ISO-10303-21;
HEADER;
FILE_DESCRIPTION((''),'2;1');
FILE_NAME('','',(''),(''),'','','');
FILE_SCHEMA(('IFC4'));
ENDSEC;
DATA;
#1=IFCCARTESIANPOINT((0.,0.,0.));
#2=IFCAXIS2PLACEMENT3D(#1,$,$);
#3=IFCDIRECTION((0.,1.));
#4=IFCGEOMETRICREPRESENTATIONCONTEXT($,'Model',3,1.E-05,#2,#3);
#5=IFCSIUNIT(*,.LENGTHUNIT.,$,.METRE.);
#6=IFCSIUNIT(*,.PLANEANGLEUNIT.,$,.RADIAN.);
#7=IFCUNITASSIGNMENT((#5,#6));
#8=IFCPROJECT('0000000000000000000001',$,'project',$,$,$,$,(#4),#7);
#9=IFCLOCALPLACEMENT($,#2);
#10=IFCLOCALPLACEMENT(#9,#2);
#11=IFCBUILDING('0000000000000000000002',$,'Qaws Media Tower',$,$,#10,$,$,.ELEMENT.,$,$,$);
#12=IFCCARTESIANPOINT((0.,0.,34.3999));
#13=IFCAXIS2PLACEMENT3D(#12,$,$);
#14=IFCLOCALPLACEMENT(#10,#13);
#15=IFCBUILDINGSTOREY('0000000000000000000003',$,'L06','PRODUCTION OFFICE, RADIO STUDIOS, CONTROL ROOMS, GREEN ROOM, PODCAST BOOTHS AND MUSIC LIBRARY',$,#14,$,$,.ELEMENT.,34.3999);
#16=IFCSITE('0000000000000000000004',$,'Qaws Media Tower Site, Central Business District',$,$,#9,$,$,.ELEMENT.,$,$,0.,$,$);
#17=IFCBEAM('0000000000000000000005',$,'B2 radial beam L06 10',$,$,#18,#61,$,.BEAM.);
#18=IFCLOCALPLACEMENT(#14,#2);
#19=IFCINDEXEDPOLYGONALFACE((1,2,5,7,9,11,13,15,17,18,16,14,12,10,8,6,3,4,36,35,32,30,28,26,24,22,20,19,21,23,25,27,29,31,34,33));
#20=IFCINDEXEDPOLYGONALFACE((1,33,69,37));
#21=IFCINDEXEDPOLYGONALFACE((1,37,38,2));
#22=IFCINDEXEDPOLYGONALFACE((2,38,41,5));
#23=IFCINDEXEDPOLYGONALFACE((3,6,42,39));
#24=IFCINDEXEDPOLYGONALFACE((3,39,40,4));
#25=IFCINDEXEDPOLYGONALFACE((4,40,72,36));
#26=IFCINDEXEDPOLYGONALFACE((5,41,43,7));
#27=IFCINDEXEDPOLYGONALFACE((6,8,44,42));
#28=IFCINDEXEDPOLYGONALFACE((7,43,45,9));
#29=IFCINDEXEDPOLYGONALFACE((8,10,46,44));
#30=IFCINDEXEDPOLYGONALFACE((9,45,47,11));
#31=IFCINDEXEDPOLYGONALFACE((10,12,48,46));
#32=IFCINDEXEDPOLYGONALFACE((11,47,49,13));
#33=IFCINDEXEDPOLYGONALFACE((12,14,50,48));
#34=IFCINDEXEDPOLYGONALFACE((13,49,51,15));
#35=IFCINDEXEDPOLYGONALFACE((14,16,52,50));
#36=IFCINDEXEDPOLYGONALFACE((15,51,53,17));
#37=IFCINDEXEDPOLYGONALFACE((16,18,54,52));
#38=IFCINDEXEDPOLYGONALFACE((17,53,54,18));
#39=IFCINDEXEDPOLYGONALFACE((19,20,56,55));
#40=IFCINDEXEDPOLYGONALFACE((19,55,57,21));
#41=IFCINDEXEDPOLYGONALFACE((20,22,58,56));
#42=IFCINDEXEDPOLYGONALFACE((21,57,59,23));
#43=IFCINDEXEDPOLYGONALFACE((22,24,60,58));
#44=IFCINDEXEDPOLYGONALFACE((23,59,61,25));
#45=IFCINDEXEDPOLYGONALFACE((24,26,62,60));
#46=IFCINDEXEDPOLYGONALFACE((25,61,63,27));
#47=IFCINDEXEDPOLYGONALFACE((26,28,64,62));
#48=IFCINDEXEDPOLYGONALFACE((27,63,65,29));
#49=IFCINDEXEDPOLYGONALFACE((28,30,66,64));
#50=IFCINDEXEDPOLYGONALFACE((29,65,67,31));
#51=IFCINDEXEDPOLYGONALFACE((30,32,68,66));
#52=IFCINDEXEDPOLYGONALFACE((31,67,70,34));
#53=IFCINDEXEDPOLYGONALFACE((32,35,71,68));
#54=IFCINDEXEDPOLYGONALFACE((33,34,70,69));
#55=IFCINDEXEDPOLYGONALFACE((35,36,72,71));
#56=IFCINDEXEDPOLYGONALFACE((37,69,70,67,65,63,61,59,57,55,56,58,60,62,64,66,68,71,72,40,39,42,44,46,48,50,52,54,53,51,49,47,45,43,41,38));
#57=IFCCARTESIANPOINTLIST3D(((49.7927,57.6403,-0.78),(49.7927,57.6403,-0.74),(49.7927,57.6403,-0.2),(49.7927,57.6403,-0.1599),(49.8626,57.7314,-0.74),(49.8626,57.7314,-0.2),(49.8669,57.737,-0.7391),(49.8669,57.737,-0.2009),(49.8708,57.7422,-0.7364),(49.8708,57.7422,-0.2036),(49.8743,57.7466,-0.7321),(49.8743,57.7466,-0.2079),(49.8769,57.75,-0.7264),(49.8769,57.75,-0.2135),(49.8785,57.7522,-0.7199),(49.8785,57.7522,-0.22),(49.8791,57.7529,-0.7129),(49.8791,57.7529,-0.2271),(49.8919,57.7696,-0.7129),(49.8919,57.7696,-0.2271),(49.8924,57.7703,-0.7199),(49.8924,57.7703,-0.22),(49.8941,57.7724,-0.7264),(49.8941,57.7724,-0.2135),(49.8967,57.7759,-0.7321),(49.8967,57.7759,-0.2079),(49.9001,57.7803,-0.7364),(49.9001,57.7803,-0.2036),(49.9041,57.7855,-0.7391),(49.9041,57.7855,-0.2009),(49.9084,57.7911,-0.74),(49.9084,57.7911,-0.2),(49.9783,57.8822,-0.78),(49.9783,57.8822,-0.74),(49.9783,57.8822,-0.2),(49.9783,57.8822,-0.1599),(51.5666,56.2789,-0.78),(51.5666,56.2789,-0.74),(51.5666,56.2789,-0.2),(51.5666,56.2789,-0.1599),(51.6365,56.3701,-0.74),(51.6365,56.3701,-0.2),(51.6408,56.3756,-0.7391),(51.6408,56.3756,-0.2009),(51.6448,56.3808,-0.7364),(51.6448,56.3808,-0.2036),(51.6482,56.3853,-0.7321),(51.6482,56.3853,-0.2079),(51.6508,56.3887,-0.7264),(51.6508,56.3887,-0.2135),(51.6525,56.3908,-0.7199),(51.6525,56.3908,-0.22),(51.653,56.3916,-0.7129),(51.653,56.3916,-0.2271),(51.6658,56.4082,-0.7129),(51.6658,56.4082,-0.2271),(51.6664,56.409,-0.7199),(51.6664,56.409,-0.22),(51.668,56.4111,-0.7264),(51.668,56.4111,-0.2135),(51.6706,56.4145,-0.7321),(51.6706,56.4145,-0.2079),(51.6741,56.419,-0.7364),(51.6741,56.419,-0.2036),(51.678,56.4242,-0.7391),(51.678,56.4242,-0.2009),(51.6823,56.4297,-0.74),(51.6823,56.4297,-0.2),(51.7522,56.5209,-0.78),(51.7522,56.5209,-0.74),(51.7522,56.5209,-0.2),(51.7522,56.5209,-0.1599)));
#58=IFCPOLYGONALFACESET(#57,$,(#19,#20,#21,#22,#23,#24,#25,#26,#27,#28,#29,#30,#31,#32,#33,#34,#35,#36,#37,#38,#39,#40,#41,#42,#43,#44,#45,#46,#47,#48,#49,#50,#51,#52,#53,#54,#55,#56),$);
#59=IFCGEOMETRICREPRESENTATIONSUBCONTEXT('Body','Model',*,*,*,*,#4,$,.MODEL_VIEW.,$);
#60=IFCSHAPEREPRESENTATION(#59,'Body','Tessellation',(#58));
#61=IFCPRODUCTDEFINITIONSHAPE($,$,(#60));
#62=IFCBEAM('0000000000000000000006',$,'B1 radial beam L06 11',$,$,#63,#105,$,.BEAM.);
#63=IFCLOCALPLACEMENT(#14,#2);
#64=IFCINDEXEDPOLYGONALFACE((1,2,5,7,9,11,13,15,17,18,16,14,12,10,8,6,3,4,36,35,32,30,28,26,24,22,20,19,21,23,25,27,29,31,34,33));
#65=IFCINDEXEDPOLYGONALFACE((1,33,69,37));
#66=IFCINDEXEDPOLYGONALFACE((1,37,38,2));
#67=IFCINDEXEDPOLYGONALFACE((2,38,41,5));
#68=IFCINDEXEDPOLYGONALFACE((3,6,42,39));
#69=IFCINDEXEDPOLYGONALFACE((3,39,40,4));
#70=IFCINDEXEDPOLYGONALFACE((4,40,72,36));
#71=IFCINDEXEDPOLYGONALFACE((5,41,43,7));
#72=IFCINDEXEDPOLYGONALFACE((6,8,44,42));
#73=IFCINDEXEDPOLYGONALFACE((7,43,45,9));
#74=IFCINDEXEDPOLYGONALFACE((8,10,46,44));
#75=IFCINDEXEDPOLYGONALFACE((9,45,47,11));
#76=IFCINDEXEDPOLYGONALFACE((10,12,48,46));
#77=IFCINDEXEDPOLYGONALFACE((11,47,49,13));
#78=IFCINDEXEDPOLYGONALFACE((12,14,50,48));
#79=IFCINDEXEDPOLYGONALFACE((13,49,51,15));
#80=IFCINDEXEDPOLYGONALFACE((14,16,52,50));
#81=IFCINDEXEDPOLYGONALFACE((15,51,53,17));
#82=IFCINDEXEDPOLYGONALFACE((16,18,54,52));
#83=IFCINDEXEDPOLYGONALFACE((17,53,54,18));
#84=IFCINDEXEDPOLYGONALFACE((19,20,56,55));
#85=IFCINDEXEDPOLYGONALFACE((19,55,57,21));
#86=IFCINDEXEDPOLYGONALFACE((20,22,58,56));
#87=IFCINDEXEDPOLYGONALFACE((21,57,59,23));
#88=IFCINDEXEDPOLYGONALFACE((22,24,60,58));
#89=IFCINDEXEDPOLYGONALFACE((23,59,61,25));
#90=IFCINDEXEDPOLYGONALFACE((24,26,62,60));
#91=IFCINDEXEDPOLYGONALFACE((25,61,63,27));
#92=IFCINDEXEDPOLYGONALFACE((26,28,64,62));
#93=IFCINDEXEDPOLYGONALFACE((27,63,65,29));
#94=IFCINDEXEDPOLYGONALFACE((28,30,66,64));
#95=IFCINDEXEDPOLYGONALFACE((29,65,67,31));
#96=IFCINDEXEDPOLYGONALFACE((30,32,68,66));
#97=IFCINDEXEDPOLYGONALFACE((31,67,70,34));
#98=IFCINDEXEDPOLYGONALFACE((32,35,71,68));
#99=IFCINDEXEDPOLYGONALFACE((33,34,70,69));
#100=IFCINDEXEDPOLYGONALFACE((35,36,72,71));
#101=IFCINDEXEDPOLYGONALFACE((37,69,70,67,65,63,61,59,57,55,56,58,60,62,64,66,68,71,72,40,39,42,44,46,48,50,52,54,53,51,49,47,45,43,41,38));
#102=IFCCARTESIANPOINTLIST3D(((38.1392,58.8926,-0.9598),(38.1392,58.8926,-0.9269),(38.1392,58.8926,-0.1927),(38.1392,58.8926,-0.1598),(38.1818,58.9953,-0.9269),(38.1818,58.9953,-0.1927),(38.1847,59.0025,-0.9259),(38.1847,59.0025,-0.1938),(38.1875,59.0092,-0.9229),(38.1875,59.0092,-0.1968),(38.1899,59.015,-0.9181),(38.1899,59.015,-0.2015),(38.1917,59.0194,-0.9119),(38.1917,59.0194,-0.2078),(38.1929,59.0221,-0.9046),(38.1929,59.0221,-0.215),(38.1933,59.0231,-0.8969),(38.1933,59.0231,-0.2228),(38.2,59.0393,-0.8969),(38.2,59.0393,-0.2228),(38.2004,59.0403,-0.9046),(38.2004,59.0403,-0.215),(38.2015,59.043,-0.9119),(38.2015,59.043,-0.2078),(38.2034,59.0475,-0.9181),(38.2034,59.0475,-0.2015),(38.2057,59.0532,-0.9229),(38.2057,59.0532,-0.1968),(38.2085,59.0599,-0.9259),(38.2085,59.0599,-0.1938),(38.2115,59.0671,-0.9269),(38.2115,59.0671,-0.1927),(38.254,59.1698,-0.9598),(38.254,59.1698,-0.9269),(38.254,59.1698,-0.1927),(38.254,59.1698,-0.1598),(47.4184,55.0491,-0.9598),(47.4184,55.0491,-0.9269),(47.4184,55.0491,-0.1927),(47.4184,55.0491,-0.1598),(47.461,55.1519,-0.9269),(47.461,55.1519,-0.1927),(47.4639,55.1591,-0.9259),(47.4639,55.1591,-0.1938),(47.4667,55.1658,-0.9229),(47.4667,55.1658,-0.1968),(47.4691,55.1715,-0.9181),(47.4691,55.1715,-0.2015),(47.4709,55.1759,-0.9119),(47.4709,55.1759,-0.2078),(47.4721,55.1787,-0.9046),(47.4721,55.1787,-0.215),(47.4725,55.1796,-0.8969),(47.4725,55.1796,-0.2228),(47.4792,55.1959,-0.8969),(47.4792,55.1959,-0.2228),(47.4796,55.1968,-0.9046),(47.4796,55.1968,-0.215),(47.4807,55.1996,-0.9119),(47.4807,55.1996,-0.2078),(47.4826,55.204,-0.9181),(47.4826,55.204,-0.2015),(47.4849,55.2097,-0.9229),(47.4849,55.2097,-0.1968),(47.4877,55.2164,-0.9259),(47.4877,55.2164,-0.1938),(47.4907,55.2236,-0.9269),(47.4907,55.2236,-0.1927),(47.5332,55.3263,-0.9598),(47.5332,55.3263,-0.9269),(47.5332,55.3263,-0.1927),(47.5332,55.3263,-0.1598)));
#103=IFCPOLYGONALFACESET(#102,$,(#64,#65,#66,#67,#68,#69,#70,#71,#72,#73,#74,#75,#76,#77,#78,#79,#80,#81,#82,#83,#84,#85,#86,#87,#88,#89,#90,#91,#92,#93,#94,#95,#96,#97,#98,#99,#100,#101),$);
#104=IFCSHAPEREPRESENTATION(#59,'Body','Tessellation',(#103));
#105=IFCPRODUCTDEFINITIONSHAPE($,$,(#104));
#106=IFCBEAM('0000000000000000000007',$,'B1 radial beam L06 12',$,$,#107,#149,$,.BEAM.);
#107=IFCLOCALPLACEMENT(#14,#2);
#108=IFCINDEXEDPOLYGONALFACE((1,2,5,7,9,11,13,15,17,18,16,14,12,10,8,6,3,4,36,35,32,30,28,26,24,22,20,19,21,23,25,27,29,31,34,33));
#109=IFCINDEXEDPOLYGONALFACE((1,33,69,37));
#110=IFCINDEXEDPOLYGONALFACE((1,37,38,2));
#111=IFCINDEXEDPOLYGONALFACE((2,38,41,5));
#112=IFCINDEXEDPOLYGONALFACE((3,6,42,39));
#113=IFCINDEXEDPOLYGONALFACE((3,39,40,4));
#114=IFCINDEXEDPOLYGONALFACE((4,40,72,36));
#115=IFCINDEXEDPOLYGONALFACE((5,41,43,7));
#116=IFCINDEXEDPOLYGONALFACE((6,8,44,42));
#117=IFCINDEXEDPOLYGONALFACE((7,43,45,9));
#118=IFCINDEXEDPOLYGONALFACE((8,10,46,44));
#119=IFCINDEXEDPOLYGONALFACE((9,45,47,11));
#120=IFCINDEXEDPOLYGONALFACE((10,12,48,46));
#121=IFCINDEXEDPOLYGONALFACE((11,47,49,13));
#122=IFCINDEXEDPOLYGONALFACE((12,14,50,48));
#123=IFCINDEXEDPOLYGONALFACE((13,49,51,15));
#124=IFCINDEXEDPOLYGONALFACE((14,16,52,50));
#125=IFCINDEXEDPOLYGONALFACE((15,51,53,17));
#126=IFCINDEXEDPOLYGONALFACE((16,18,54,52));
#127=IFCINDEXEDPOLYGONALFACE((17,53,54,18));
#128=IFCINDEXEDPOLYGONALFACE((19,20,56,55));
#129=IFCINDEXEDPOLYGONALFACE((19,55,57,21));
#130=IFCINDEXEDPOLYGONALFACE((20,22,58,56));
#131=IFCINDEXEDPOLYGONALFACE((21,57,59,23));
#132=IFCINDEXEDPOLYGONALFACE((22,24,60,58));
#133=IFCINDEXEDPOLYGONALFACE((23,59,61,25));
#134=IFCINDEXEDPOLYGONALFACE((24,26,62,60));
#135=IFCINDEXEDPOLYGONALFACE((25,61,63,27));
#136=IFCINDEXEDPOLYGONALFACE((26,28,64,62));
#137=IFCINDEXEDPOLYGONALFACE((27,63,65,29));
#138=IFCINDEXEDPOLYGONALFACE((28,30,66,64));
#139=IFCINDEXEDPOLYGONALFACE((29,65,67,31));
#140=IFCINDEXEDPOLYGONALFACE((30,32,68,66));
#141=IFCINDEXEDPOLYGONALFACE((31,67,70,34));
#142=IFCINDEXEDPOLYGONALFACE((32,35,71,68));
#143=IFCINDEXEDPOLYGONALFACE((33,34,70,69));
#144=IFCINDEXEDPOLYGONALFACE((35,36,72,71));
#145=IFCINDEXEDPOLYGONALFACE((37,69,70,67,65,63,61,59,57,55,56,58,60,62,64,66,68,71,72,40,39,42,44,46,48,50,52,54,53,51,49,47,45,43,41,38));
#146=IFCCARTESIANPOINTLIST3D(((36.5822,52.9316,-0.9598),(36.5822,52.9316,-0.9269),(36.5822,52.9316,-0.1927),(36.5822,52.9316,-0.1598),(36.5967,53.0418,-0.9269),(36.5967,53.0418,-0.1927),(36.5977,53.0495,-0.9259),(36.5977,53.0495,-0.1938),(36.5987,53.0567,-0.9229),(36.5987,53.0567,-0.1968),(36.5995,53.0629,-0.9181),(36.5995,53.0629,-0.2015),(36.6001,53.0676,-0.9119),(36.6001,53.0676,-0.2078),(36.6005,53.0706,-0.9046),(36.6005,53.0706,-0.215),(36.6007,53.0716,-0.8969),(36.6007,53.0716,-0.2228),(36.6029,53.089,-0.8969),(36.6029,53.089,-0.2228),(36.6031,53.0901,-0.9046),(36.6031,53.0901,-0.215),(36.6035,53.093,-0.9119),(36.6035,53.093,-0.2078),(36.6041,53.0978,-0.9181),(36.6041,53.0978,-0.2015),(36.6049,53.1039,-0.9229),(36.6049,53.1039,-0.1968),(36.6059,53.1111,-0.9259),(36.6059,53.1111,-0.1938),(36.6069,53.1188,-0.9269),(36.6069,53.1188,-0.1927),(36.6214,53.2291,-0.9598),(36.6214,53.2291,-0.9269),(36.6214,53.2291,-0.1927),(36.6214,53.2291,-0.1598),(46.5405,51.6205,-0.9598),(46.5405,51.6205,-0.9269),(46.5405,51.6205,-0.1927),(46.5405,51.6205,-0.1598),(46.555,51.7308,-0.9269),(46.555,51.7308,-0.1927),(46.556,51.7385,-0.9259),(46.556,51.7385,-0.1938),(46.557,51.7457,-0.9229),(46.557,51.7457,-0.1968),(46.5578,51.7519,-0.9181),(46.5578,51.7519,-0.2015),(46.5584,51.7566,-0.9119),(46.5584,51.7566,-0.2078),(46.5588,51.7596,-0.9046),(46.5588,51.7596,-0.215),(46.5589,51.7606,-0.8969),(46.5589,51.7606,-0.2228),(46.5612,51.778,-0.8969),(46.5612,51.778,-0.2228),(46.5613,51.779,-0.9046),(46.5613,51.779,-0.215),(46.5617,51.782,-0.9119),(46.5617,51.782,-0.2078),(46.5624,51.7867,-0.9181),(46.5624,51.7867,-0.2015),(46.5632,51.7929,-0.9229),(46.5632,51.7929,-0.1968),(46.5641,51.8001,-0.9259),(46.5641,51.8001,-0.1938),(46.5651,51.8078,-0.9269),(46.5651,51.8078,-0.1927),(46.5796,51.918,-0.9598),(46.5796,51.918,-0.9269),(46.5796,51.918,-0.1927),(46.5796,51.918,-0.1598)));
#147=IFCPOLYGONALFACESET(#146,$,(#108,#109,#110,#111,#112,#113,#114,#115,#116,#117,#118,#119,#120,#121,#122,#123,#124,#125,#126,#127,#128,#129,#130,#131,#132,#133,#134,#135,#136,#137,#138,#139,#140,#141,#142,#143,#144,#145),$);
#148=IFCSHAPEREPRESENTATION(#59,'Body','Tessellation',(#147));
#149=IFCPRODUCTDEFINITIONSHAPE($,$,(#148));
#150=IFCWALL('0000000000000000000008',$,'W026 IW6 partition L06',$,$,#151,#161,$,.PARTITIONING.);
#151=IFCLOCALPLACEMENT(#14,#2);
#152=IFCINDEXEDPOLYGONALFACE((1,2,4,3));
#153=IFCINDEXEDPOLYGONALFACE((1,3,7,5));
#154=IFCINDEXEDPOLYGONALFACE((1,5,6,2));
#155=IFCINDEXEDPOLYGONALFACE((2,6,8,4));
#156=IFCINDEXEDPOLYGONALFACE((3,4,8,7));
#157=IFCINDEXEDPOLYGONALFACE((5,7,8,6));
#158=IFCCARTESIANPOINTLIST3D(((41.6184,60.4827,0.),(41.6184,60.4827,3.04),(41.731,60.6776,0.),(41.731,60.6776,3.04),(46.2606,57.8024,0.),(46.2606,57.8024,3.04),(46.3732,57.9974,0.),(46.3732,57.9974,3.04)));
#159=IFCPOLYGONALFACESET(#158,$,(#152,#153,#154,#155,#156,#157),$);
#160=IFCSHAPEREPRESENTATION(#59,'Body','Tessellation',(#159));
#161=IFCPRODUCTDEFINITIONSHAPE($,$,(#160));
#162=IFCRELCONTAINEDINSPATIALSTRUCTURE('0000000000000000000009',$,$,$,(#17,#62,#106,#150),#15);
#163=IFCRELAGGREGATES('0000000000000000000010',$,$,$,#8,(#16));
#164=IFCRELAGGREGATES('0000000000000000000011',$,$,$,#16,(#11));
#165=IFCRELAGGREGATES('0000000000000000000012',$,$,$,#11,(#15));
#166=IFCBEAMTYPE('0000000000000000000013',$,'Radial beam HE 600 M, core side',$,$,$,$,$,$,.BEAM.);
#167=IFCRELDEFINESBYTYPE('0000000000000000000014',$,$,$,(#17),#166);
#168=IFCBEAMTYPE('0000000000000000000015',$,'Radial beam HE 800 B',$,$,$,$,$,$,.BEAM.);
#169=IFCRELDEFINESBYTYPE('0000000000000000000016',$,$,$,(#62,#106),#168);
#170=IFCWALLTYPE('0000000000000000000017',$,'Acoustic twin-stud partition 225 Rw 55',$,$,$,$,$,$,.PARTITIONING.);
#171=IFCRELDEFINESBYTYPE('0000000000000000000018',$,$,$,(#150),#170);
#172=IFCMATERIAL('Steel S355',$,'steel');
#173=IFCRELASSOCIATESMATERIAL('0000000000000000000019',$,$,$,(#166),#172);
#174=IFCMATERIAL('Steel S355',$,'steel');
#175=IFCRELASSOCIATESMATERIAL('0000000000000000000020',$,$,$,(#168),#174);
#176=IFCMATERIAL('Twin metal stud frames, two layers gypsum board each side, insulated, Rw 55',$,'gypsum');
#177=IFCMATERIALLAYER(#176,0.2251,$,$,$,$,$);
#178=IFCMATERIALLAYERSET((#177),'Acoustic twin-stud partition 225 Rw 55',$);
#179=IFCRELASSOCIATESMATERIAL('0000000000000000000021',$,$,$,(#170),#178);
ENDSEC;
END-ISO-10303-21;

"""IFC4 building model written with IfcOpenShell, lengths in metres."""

from ifc_helpers import new_model, si_unit, direction, frame, frame_2d, origin, origin_2d, place, context, subcontext, project, spatial, rectangle, i_section, extrude, material, layer, layer_set, material_profile, profile_set, type_object, element, save


model = new_model("IFC4")

# Units and contexts
model_context = context("Model", 3, precision=1e-05, world=origin(), true_north=direction((0.0, 1.0)))
body_context = subcontext(model_context, "Body", "Model", "MODEL_VIEW")
ifc_project = project(units=[si_unit("LENGTHUNIT", "METRE"), si_unit("PLANEANGLEUNIT", "RADIAN")], contexts=[model_context])

# Site, building, storey
site_placement = place(None, origin())
site = spatial("IfcSite", under=ifc_project, at=site_placement, Name="Qaws Media Tower Site, Central Business District", CompositionType="ELEMENT", RefElevation=0.0)
building_placement = place(site_placement, origin())
building = spatial("IfcBuilding", under=site, at=building_placement, Name="Qaws Media Tower", CompositionType="ELEMENT")
storey_placement = place(building_placement, frame((0.0, 0.0, 34.3999)))
storey = spatial("IfcBuildingStorey", under=building, at=storey_placement, Name="L06", Description="PRODUCTION OFFICE, RADIO STUDIOS, CONTROL ROOMS, GREEN ROOM, PODCAST BOOTHS AND MUSIC LIBRARY", CompositionType="ELEMENT", Elevation=34.3999)

# Beams
ifc_material_1 = material(Name="Steel S355", Category="steel")
ifc_material_profile_1 = material_profile(ifc_material_1, i_section(OverallWidth=0.3049, OverallDepth=0.6201, WebThickness=0.021, FlangeThickness=0.04, FilletRadius=0.0271, at=origin_2d()), Name="HE 600 M")
ifc_profile_set_1 = profile_set([ifc_material_profile_1], Name="Steel S355")
beam_type_1 = type_object("IfcBeamType", Name="Radial beam HE 600 M, core side", PredefinedType="BEAM", material=ifc_profile_set_1)
beam_1_placement = place(storey_placement, frame((51.6594, 56.3999, -0.47), z_axis=(-0.793322, 0.608803, 0.0), x_axis=(-0.608803, -0.793322, 0.0)))
element("IfcBeam", 1, at=beam_1_placement, inside=storey, type_object=beam_type_1, Name="B2 radial beam L06 10", PredefinedType="BEAM", context=body_context, shape_type="SweptSolid", body=[
    extrude(i_section(OverallWidth=0.3049, OverallDepth=0.6201, WebThickness=0.021, FlangeThickness=0.04, FilletRadius=0.0271, at=origin_2d()), origin(), (0.0, 0.0, 1.0), 2.2361),
])
ifc_material_2 = material(Name="Steel S355", Category="steel")
ifc_material_profile_2 = material_profile(ifc_material_2, i_section(OverallWidth=0.3, OverallDepth=0.8, WebThickness=0.0176, FlangeThickness=0.033, FilletRadius=0.03, at=origin_2d()), Name="HE 800 B")
ifc_profile_set_2 = profile_set([ifc_material_profile_2], Name="Steel S355")
beam_type_2 = type_object("IfcBeamType", Name="Radial beam HE 800 B", PredefinedType="BEAM", material=ifc_profile_set_2)
beam_2_placement = place(storey_placement, frame((47.4758, 55.1877, -0.5598), z_axis=(-0.923883, 0.382675, 0.0), x_axis=(-0.382675, -0.923883, 0.0)))
element("IfcBeam", 2, at=beam_2_placement, inside=storey, type_object=beam_type_2, Name="B1 radial beam L06 11", PredefinedType="BEAM", context=body_context, shape_type="SweptSolid", body=[
    extrude(i_section(OverallWidth=0.3, OverallDepth=0.8, WebThickness=0.0176, FlangeThickness=0.033, FilletRadius=0.03, at=origin_2d()), origin(), (0.0, 0.0, 1.0), 10.0437),
])
beam_3_placement = place(storey_placement, frame((46.5601, 51.7693, -0.5598), z_axis=(-0.991445, 0.130527, 0.0), x_axis=(-0.130527, -0.991445, 0.0)))
element("IfcBeam", 3, at=beam_3_placement, inside=storey, type_object=beam_type_2, Name="B1 radial beam L06 12", PredefinedType="BEAM", context=body_context, shape_type="SweptSolid", body=[
    extrude(i_section(OverallWidth=0.3, OverallDepth=0.8, WebThickness=0.0176, FlangeThickness=0.033, FilletRadius=0.03, at=origin_2d()), origin(), (0.0, 0.0, 1.0), 10.0442),
])

# Wall
ifc_material_3 = material(Name="Twin metal stud frames, two layers gypsum board each side, insulated, Rw 55", Category="gypsum")
ifc_layer_1 = layer(ifc_material_3, 0.2251)
ifc_layer_set_1 = layer_set([ifc_layer_1], Name="Acoustic twin-stud partition 225 Rw 55")
wall_type_1 = type_object("IfcWallType", Name="Acoustic twin-stud partition 225 Rw 55", PredefinedType="PARTITIONING", material=ifc_layer_set_1)
wall_1_placement = place(storey_placement, frame((46.3169, 57.8999, 0.0), z_axis=(0.0, 0.0, 1.0), x_axis=(-0.86602, 0.500009, 0.0)))
element("IfcWall", 4, at=wall_1_placement, inside=storey, type_object=wall_type_1, Name="W026 IW6 partition L06", PredefinedType="PARTITIONING", context=body_context, shape_type="SweptSolid", body=[
    extrude(rectangle(XDim=5.3604, YDim=0.2251, at=frame_2d((2.6802, 0.0))), origin(), (0.0, 0.0, 1.0), 3.04),
])

save(model, "model.ifc")
